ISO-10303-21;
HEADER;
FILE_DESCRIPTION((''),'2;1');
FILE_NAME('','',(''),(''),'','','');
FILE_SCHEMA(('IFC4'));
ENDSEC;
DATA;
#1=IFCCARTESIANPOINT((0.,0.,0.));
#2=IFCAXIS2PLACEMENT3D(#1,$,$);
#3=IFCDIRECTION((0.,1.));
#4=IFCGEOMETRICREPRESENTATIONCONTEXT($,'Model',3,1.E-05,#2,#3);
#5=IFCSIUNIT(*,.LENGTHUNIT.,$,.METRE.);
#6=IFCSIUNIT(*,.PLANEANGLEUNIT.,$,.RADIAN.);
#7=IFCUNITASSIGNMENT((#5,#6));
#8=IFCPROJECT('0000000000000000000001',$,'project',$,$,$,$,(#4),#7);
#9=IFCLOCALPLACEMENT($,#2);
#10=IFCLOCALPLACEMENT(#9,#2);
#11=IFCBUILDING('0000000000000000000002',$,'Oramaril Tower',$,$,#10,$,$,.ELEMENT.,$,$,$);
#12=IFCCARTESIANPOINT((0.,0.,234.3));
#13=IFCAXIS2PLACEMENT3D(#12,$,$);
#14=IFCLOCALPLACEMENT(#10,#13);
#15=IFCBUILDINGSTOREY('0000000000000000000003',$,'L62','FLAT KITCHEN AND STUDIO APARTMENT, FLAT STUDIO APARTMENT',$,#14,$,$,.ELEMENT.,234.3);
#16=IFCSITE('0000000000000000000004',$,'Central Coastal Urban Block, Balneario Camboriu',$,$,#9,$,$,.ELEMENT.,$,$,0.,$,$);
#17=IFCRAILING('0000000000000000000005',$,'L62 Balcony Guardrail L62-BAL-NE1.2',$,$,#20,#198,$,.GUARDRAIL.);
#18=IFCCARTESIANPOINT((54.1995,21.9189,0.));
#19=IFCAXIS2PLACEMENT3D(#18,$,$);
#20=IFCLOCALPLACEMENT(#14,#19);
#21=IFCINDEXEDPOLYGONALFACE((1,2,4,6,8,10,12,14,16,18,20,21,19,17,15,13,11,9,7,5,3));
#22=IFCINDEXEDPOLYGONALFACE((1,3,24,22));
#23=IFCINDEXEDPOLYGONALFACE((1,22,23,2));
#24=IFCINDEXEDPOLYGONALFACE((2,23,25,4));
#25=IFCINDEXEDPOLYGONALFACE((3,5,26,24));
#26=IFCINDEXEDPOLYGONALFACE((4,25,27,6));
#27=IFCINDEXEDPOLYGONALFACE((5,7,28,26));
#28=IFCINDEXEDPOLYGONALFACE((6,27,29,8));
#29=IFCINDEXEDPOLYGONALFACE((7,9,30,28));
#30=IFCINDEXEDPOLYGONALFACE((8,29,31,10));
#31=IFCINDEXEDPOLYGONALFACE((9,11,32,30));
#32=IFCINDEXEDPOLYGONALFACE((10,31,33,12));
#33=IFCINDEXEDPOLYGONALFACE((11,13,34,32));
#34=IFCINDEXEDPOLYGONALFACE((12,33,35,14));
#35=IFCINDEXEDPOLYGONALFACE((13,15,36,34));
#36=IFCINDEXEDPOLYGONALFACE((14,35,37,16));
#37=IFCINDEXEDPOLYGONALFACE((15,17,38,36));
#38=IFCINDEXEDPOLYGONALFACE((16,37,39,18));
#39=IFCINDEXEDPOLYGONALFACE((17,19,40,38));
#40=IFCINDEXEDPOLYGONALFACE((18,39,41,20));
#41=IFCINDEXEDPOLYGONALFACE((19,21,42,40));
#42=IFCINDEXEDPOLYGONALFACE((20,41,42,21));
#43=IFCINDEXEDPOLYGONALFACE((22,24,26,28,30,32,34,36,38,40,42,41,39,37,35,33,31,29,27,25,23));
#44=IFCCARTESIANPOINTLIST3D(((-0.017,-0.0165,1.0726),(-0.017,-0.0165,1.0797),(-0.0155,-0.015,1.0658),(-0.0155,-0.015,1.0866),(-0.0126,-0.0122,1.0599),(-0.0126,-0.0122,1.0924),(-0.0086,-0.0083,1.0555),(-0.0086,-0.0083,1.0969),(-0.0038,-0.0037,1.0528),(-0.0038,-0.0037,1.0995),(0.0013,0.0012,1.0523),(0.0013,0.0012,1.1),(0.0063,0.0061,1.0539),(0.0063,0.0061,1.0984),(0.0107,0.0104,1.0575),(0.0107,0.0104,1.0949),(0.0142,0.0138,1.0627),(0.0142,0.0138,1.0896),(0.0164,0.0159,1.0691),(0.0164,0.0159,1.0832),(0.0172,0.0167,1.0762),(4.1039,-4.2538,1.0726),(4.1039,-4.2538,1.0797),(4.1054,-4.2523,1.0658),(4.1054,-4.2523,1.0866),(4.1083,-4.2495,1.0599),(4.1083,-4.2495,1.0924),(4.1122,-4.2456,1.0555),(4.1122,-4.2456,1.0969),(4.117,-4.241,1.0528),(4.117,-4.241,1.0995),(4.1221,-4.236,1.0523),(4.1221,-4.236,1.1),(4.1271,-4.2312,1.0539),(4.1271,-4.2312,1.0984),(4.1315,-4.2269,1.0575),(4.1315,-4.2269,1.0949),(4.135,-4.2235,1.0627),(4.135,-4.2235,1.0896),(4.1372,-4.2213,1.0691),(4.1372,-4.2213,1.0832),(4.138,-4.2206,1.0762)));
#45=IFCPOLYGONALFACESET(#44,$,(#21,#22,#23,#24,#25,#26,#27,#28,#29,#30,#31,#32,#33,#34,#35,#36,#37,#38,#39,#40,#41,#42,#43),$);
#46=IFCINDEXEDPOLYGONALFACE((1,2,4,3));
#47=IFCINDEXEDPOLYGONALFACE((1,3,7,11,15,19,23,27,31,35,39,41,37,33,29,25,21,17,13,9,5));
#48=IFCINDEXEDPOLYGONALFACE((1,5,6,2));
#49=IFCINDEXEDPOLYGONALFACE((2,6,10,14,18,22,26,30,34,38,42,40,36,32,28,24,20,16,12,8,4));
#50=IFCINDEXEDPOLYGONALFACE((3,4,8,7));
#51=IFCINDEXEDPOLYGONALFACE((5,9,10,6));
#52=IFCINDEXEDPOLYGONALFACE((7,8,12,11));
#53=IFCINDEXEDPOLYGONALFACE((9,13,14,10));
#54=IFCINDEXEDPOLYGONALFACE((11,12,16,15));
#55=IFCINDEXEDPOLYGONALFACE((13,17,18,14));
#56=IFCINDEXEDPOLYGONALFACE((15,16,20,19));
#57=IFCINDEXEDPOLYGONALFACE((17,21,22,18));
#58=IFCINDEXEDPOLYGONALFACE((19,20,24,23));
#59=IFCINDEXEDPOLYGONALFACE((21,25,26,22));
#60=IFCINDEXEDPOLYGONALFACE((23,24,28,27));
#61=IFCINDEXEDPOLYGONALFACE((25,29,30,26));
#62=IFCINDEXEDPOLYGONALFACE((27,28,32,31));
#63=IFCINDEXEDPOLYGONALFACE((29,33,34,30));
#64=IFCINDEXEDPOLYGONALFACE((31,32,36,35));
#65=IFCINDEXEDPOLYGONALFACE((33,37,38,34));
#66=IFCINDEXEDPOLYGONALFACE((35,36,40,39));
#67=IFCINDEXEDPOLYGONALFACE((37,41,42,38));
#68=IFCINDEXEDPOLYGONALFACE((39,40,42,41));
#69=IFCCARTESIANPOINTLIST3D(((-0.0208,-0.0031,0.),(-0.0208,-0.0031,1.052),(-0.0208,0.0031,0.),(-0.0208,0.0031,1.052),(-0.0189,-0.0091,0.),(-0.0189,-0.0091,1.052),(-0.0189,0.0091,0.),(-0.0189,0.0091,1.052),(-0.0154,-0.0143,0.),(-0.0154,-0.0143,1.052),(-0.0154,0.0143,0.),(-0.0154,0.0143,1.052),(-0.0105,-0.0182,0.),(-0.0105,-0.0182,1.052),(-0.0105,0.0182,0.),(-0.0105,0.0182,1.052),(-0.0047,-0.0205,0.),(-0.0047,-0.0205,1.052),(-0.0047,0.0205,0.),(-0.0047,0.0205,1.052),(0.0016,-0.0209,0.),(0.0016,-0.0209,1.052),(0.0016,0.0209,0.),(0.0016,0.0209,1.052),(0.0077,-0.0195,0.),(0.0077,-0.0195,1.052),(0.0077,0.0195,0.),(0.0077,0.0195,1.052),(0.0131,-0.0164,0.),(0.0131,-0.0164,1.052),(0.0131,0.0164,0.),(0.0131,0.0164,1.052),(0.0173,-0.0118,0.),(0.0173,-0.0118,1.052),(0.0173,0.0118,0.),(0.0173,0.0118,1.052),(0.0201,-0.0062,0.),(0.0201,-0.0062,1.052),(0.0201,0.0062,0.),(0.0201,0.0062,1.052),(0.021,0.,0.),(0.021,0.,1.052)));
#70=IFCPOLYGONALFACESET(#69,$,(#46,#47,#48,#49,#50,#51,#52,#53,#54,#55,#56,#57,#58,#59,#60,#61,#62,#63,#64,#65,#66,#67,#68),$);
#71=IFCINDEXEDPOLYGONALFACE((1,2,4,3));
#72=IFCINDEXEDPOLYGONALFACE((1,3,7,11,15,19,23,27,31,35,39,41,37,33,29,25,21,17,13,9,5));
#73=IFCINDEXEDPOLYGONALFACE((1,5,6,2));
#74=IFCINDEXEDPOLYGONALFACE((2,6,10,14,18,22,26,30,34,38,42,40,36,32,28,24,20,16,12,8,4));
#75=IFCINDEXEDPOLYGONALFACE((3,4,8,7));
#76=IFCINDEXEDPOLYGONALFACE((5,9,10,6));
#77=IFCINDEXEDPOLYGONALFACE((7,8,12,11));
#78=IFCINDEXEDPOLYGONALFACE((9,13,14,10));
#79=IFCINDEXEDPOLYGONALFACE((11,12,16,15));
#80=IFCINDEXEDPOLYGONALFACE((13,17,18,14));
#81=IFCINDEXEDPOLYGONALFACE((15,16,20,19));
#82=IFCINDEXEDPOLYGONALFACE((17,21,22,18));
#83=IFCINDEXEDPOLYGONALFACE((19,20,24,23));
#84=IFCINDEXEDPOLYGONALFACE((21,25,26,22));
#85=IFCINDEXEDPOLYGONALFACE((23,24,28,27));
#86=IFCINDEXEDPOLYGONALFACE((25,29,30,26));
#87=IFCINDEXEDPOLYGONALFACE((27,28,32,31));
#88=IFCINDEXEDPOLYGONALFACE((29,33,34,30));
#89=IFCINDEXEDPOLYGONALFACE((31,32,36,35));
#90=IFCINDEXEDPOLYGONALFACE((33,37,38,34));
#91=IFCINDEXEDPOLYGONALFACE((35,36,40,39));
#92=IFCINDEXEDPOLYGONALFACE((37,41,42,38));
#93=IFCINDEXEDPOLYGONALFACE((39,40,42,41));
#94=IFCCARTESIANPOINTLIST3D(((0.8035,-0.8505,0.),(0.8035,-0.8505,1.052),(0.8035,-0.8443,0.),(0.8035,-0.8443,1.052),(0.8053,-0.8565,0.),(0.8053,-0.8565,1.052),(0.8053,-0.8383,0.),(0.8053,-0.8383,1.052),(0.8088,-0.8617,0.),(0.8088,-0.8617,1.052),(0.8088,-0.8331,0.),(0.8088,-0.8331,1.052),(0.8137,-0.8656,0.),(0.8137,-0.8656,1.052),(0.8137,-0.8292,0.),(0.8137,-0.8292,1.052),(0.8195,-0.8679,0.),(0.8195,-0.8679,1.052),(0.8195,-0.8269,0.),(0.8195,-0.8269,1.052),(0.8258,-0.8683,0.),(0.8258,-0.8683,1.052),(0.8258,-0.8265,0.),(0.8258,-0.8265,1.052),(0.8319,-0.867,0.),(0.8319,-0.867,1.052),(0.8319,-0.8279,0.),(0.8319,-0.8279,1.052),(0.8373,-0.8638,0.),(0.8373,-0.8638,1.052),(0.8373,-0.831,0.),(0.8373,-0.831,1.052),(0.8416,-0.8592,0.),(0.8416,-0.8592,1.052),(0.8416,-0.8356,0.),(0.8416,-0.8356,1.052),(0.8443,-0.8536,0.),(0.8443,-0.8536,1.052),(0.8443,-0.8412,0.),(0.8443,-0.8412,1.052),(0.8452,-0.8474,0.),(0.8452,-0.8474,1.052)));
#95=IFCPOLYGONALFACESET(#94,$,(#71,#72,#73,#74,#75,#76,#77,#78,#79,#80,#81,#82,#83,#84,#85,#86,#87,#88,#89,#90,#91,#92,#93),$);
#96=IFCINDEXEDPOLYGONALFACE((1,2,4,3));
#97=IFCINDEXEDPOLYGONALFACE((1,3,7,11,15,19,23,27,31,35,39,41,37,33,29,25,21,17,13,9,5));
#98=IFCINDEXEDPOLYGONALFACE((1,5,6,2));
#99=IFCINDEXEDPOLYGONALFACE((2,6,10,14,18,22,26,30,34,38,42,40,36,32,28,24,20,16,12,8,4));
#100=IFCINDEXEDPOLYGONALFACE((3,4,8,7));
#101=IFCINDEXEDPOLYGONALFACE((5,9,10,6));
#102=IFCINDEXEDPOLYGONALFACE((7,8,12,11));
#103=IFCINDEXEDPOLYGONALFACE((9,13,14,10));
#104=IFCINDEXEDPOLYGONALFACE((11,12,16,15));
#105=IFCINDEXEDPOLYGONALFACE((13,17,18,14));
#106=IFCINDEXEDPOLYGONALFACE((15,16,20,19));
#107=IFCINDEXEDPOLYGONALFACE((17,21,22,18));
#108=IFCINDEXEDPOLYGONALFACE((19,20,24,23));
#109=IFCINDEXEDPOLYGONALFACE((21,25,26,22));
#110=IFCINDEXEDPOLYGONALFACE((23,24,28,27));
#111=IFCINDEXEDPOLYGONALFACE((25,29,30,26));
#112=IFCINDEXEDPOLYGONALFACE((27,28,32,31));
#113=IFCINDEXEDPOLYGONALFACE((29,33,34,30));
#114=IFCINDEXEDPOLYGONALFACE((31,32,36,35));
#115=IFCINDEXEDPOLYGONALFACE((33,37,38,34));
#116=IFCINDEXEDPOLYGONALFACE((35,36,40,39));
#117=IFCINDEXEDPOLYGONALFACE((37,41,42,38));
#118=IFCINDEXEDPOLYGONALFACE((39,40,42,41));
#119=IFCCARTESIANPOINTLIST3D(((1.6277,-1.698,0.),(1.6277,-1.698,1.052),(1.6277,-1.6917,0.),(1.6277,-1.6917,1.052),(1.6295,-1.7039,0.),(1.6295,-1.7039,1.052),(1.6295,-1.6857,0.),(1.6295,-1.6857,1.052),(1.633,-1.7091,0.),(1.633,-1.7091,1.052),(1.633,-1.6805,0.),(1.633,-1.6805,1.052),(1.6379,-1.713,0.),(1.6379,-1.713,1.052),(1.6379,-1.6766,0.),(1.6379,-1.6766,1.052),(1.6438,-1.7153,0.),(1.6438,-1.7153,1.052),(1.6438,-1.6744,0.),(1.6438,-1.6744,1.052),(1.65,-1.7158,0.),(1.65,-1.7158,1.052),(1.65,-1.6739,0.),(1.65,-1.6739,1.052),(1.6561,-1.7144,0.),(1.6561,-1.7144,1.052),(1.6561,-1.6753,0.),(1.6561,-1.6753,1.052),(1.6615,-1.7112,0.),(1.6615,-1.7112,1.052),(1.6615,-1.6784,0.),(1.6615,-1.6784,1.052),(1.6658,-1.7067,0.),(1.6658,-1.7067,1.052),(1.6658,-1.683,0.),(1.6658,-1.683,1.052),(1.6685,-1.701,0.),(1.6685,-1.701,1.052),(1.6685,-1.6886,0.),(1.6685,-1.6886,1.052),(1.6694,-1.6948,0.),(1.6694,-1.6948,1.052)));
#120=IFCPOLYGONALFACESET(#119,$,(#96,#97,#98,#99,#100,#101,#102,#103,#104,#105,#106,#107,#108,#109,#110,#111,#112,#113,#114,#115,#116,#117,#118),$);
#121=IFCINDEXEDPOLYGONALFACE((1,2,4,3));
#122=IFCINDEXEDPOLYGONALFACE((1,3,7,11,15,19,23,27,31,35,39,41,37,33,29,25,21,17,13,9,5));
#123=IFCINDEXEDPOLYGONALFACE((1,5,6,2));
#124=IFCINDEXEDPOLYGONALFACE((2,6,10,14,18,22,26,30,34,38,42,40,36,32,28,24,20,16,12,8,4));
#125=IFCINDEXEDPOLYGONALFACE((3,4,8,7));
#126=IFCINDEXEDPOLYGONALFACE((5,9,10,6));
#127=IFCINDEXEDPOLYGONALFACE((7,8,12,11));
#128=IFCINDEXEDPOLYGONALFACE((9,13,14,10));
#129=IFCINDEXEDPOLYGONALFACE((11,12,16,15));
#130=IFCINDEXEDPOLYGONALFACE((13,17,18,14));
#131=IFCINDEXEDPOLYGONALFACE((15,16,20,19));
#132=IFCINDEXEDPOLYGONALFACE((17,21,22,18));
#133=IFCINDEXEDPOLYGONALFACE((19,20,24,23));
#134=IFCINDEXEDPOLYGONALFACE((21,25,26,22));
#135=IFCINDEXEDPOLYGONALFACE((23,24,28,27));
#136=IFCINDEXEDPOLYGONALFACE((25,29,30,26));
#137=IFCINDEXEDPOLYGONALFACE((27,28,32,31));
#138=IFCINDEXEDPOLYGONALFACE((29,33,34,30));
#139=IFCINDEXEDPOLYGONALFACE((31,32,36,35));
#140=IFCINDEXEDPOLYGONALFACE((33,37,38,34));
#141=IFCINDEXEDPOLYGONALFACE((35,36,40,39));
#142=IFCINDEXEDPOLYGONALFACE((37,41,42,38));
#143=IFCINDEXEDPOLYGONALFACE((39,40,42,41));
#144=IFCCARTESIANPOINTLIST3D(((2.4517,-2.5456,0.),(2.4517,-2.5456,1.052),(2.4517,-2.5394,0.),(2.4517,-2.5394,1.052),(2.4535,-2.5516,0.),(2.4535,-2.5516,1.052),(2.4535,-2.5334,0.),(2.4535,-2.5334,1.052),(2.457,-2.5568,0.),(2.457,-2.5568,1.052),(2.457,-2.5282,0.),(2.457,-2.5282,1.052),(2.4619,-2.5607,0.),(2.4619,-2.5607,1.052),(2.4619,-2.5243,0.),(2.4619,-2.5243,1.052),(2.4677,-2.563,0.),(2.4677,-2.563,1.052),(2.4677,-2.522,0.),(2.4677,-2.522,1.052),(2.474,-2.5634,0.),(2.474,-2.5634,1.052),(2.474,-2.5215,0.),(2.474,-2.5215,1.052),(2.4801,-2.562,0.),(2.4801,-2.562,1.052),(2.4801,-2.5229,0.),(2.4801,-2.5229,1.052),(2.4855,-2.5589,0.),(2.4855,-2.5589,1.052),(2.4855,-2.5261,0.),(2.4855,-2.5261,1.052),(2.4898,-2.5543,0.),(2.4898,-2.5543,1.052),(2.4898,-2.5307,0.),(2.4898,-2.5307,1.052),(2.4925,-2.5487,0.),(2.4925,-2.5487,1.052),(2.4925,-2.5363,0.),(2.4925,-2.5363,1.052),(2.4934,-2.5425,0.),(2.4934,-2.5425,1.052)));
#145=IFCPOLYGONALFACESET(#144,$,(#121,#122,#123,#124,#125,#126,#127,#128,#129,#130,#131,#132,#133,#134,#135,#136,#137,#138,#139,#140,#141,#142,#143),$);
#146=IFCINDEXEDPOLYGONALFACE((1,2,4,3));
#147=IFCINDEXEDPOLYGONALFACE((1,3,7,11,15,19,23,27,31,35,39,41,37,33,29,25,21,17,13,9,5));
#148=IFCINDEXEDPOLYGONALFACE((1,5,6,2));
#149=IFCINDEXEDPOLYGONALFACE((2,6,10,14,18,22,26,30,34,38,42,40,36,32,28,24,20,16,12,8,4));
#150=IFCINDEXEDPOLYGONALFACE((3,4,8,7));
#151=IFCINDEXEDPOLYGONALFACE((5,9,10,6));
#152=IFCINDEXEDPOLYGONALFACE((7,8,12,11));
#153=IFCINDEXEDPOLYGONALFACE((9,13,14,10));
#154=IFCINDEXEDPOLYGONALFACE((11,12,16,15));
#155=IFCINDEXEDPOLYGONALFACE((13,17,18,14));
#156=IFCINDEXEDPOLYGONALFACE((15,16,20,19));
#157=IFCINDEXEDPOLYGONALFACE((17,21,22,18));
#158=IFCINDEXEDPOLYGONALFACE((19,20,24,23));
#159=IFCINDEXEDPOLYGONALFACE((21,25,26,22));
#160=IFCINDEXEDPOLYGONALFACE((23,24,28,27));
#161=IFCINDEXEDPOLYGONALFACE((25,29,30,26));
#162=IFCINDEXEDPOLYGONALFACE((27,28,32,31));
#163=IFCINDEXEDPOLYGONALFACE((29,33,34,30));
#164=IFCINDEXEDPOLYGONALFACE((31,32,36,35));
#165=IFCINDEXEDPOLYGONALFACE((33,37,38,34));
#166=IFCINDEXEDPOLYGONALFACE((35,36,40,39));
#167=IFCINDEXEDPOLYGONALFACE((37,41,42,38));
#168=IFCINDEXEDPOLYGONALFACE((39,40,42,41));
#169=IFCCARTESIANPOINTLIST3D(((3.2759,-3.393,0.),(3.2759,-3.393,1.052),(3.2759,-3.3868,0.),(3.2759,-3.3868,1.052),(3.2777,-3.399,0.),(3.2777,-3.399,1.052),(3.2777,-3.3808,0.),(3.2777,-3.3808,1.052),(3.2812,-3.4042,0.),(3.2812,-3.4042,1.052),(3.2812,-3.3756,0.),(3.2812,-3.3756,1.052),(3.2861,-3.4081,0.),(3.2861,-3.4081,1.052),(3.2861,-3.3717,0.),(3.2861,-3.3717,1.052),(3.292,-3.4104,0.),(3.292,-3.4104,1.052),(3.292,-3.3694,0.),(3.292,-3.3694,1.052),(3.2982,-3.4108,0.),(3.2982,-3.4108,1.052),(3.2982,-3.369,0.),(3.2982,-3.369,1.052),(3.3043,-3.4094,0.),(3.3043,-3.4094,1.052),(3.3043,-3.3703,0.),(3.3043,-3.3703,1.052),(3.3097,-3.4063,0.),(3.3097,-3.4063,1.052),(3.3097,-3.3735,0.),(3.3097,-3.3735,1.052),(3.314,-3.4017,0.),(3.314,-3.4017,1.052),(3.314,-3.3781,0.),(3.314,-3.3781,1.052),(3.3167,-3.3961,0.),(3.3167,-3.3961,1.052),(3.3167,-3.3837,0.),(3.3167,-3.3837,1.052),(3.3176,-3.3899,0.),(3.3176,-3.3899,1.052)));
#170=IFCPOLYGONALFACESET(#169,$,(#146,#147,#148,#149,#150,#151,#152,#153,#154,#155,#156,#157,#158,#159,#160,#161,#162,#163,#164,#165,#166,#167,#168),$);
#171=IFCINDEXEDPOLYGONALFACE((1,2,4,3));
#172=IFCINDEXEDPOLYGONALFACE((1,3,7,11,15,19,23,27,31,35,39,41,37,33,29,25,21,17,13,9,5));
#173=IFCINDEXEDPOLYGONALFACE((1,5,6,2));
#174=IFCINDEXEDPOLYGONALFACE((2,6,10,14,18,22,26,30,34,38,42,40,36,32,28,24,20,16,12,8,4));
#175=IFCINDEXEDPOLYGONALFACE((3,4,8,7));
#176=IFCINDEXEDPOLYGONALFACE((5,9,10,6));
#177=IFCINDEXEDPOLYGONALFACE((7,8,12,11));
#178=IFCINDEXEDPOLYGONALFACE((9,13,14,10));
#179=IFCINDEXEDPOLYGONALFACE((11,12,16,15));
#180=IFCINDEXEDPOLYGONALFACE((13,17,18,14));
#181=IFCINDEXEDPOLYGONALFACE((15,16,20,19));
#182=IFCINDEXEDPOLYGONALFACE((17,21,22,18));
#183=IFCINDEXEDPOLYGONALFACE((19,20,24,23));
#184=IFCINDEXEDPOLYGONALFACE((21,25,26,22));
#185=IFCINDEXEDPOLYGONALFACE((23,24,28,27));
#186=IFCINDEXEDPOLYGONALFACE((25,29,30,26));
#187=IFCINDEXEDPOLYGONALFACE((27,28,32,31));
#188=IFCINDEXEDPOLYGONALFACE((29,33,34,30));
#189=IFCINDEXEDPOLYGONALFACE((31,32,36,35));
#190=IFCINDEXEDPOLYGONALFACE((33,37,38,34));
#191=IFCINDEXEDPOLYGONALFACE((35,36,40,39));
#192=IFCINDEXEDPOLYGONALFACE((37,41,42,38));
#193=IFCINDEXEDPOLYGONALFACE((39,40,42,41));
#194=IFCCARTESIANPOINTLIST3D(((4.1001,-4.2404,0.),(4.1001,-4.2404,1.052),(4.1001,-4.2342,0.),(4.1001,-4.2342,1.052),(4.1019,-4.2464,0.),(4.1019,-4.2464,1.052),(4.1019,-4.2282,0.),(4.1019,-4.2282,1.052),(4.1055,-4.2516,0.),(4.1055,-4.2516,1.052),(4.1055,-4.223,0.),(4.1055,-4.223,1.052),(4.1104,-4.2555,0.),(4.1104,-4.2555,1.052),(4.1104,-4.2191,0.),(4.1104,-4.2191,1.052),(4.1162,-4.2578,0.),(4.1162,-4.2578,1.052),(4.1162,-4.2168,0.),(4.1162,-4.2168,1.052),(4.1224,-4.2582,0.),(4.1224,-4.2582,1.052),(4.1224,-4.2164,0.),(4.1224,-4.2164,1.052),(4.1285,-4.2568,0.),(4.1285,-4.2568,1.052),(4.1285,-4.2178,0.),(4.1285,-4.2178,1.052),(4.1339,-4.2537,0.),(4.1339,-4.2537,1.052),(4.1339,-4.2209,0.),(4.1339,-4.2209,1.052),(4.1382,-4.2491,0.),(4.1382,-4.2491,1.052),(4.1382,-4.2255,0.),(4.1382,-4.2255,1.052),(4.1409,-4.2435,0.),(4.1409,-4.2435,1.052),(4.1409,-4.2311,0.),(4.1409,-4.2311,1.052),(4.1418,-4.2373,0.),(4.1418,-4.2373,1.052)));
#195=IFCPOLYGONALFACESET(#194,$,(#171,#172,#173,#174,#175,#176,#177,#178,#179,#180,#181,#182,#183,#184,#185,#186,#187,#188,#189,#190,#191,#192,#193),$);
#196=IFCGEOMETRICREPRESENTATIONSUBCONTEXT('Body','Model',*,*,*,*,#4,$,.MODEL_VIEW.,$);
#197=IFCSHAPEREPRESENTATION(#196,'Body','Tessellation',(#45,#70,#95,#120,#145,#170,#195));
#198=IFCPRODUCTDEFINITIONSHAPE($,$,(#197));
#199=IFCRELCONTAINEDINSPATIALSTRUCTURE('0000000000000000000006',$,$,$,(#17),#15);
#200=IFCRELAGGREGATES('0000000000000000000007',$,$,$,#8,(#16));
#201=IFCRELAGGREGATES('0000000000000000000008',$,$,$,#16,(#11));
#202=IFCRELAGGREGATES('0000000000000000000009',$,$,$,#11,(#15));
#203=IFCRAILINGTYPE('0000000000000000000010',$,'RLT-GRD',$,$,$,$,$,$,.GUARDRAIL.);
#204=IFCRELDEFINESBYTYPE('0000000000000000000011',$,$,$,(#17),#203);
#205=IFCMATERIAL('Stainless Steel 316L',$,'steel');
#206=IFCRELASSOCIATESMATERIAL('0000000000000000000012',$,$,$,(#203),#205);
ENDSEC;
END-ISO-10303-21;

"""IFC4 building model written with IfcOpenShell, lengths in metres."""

from ifc_helpers import new_model, si_unit, direction, frame, origin, origin_2d, place, context, subcontext, project, spatial, circle, extrude, material, type_object, element, save


model = new_model("IFC4")

# Units and contexts
model_context = context("Model", 3, precision=1e-05, world=origin(), true_north=direction((0.0, 1.0)))
body_context = subcontext(model_context, "Body", "Model", "MODEL_VIEW")
ifc_project = project(units=[si_unit("LENGTHUNIT", "METRE"), si_unit("PLANEANGLEUNIT", "RADIAN")], contexts=[model_context])

# Site, building, storey
site_placement = place(None, origin())
site = spatial("IfcSite", under=ifc_project, at=site_placement, Name="Central Coastal Urban Block, Balneario Camboriu", CompositionType="ELEMENT", RefElevation=0.0)
building_placement = place(site_placement, origin())
building = spatial("IfcBuilding", under=site, at=building_placement, Name="Oramaril Tower", CompositionType="ELEMENT")
storey_placement = place(building_placement, frame((0.0, 0.0, 234.3)))
storey = spatial("IfcBuildingStorey", under=building, at=storey_placement, Name="L62", Description="FLAT KITCHEN AND STUDIO APARTMENT, FLAT STUDIO APARTMENT", CompositionType="ELEMENT", Elevation=234.3)

# Railing
ifc_material_1 = material(Name="Stainless Steel 316L", Category="steel")
railing_type = type_object("IfcRailingType", Name="RLT-GRD", PredefinedType="GUARDRAIL", material=ifc_material_1)
railing_1_placement = place(storey_placement, frame((54.1995, 21.9189, 0.0)))
element("IfcRailing", 1, at=railing_1_placement, inside=storey, type_object=railing_type, Name="L62 Balcony Guardrail L62-BAL-NE1.2", PredefinedType="GUARDRAIL", context=body_context, shape_type="SweptSolid", body=[
    extrude(circle(Radius=0.0239, at=origin_2d()), frame((0.0, 0.0, 1.0762), z_axis=(0.697187, -0.716889, 0.0), x_axis=(0.716889, 0.697187, 0.0)), (0.0, 0.0, 1.0), 5.9106),
    extrude(circle(Radius=0.021, at=origin_2d()), origin(), (0.0, 0.0, 1.0), 1.052),
    extrude(circle(Radius=0.021, at=origin_2d()), frame((0.8242, -0.8474, 0.0)), (0.0, 0.0, 1.0), 1.052),
    extrude(circle(Radius=0.021, at=origin_2d()), frame((1.6484, -1.6948, 0.0)), (0.0, 0.0, 1.0), 1.052),
    extrude(circle(Radius=0.021, at=origin_2d()), frame((2.4724, -2.5425, 0.0)), (0.0, 0.0, 1.0), 1.052),
    extrude(circle(Radius=0.021, at=origin_2d()), frame((3.2966, -3.3899, 0.0)), (0.0, 0.0, 1.0), 1.052),
    extrude(circle(Radius=0.021, at=origin_2d()), frame((4.1208, -4.2373, 0.0)), (0.0, 0.0, 1.0), 1.052),
])

save(model, "model.ifc")
